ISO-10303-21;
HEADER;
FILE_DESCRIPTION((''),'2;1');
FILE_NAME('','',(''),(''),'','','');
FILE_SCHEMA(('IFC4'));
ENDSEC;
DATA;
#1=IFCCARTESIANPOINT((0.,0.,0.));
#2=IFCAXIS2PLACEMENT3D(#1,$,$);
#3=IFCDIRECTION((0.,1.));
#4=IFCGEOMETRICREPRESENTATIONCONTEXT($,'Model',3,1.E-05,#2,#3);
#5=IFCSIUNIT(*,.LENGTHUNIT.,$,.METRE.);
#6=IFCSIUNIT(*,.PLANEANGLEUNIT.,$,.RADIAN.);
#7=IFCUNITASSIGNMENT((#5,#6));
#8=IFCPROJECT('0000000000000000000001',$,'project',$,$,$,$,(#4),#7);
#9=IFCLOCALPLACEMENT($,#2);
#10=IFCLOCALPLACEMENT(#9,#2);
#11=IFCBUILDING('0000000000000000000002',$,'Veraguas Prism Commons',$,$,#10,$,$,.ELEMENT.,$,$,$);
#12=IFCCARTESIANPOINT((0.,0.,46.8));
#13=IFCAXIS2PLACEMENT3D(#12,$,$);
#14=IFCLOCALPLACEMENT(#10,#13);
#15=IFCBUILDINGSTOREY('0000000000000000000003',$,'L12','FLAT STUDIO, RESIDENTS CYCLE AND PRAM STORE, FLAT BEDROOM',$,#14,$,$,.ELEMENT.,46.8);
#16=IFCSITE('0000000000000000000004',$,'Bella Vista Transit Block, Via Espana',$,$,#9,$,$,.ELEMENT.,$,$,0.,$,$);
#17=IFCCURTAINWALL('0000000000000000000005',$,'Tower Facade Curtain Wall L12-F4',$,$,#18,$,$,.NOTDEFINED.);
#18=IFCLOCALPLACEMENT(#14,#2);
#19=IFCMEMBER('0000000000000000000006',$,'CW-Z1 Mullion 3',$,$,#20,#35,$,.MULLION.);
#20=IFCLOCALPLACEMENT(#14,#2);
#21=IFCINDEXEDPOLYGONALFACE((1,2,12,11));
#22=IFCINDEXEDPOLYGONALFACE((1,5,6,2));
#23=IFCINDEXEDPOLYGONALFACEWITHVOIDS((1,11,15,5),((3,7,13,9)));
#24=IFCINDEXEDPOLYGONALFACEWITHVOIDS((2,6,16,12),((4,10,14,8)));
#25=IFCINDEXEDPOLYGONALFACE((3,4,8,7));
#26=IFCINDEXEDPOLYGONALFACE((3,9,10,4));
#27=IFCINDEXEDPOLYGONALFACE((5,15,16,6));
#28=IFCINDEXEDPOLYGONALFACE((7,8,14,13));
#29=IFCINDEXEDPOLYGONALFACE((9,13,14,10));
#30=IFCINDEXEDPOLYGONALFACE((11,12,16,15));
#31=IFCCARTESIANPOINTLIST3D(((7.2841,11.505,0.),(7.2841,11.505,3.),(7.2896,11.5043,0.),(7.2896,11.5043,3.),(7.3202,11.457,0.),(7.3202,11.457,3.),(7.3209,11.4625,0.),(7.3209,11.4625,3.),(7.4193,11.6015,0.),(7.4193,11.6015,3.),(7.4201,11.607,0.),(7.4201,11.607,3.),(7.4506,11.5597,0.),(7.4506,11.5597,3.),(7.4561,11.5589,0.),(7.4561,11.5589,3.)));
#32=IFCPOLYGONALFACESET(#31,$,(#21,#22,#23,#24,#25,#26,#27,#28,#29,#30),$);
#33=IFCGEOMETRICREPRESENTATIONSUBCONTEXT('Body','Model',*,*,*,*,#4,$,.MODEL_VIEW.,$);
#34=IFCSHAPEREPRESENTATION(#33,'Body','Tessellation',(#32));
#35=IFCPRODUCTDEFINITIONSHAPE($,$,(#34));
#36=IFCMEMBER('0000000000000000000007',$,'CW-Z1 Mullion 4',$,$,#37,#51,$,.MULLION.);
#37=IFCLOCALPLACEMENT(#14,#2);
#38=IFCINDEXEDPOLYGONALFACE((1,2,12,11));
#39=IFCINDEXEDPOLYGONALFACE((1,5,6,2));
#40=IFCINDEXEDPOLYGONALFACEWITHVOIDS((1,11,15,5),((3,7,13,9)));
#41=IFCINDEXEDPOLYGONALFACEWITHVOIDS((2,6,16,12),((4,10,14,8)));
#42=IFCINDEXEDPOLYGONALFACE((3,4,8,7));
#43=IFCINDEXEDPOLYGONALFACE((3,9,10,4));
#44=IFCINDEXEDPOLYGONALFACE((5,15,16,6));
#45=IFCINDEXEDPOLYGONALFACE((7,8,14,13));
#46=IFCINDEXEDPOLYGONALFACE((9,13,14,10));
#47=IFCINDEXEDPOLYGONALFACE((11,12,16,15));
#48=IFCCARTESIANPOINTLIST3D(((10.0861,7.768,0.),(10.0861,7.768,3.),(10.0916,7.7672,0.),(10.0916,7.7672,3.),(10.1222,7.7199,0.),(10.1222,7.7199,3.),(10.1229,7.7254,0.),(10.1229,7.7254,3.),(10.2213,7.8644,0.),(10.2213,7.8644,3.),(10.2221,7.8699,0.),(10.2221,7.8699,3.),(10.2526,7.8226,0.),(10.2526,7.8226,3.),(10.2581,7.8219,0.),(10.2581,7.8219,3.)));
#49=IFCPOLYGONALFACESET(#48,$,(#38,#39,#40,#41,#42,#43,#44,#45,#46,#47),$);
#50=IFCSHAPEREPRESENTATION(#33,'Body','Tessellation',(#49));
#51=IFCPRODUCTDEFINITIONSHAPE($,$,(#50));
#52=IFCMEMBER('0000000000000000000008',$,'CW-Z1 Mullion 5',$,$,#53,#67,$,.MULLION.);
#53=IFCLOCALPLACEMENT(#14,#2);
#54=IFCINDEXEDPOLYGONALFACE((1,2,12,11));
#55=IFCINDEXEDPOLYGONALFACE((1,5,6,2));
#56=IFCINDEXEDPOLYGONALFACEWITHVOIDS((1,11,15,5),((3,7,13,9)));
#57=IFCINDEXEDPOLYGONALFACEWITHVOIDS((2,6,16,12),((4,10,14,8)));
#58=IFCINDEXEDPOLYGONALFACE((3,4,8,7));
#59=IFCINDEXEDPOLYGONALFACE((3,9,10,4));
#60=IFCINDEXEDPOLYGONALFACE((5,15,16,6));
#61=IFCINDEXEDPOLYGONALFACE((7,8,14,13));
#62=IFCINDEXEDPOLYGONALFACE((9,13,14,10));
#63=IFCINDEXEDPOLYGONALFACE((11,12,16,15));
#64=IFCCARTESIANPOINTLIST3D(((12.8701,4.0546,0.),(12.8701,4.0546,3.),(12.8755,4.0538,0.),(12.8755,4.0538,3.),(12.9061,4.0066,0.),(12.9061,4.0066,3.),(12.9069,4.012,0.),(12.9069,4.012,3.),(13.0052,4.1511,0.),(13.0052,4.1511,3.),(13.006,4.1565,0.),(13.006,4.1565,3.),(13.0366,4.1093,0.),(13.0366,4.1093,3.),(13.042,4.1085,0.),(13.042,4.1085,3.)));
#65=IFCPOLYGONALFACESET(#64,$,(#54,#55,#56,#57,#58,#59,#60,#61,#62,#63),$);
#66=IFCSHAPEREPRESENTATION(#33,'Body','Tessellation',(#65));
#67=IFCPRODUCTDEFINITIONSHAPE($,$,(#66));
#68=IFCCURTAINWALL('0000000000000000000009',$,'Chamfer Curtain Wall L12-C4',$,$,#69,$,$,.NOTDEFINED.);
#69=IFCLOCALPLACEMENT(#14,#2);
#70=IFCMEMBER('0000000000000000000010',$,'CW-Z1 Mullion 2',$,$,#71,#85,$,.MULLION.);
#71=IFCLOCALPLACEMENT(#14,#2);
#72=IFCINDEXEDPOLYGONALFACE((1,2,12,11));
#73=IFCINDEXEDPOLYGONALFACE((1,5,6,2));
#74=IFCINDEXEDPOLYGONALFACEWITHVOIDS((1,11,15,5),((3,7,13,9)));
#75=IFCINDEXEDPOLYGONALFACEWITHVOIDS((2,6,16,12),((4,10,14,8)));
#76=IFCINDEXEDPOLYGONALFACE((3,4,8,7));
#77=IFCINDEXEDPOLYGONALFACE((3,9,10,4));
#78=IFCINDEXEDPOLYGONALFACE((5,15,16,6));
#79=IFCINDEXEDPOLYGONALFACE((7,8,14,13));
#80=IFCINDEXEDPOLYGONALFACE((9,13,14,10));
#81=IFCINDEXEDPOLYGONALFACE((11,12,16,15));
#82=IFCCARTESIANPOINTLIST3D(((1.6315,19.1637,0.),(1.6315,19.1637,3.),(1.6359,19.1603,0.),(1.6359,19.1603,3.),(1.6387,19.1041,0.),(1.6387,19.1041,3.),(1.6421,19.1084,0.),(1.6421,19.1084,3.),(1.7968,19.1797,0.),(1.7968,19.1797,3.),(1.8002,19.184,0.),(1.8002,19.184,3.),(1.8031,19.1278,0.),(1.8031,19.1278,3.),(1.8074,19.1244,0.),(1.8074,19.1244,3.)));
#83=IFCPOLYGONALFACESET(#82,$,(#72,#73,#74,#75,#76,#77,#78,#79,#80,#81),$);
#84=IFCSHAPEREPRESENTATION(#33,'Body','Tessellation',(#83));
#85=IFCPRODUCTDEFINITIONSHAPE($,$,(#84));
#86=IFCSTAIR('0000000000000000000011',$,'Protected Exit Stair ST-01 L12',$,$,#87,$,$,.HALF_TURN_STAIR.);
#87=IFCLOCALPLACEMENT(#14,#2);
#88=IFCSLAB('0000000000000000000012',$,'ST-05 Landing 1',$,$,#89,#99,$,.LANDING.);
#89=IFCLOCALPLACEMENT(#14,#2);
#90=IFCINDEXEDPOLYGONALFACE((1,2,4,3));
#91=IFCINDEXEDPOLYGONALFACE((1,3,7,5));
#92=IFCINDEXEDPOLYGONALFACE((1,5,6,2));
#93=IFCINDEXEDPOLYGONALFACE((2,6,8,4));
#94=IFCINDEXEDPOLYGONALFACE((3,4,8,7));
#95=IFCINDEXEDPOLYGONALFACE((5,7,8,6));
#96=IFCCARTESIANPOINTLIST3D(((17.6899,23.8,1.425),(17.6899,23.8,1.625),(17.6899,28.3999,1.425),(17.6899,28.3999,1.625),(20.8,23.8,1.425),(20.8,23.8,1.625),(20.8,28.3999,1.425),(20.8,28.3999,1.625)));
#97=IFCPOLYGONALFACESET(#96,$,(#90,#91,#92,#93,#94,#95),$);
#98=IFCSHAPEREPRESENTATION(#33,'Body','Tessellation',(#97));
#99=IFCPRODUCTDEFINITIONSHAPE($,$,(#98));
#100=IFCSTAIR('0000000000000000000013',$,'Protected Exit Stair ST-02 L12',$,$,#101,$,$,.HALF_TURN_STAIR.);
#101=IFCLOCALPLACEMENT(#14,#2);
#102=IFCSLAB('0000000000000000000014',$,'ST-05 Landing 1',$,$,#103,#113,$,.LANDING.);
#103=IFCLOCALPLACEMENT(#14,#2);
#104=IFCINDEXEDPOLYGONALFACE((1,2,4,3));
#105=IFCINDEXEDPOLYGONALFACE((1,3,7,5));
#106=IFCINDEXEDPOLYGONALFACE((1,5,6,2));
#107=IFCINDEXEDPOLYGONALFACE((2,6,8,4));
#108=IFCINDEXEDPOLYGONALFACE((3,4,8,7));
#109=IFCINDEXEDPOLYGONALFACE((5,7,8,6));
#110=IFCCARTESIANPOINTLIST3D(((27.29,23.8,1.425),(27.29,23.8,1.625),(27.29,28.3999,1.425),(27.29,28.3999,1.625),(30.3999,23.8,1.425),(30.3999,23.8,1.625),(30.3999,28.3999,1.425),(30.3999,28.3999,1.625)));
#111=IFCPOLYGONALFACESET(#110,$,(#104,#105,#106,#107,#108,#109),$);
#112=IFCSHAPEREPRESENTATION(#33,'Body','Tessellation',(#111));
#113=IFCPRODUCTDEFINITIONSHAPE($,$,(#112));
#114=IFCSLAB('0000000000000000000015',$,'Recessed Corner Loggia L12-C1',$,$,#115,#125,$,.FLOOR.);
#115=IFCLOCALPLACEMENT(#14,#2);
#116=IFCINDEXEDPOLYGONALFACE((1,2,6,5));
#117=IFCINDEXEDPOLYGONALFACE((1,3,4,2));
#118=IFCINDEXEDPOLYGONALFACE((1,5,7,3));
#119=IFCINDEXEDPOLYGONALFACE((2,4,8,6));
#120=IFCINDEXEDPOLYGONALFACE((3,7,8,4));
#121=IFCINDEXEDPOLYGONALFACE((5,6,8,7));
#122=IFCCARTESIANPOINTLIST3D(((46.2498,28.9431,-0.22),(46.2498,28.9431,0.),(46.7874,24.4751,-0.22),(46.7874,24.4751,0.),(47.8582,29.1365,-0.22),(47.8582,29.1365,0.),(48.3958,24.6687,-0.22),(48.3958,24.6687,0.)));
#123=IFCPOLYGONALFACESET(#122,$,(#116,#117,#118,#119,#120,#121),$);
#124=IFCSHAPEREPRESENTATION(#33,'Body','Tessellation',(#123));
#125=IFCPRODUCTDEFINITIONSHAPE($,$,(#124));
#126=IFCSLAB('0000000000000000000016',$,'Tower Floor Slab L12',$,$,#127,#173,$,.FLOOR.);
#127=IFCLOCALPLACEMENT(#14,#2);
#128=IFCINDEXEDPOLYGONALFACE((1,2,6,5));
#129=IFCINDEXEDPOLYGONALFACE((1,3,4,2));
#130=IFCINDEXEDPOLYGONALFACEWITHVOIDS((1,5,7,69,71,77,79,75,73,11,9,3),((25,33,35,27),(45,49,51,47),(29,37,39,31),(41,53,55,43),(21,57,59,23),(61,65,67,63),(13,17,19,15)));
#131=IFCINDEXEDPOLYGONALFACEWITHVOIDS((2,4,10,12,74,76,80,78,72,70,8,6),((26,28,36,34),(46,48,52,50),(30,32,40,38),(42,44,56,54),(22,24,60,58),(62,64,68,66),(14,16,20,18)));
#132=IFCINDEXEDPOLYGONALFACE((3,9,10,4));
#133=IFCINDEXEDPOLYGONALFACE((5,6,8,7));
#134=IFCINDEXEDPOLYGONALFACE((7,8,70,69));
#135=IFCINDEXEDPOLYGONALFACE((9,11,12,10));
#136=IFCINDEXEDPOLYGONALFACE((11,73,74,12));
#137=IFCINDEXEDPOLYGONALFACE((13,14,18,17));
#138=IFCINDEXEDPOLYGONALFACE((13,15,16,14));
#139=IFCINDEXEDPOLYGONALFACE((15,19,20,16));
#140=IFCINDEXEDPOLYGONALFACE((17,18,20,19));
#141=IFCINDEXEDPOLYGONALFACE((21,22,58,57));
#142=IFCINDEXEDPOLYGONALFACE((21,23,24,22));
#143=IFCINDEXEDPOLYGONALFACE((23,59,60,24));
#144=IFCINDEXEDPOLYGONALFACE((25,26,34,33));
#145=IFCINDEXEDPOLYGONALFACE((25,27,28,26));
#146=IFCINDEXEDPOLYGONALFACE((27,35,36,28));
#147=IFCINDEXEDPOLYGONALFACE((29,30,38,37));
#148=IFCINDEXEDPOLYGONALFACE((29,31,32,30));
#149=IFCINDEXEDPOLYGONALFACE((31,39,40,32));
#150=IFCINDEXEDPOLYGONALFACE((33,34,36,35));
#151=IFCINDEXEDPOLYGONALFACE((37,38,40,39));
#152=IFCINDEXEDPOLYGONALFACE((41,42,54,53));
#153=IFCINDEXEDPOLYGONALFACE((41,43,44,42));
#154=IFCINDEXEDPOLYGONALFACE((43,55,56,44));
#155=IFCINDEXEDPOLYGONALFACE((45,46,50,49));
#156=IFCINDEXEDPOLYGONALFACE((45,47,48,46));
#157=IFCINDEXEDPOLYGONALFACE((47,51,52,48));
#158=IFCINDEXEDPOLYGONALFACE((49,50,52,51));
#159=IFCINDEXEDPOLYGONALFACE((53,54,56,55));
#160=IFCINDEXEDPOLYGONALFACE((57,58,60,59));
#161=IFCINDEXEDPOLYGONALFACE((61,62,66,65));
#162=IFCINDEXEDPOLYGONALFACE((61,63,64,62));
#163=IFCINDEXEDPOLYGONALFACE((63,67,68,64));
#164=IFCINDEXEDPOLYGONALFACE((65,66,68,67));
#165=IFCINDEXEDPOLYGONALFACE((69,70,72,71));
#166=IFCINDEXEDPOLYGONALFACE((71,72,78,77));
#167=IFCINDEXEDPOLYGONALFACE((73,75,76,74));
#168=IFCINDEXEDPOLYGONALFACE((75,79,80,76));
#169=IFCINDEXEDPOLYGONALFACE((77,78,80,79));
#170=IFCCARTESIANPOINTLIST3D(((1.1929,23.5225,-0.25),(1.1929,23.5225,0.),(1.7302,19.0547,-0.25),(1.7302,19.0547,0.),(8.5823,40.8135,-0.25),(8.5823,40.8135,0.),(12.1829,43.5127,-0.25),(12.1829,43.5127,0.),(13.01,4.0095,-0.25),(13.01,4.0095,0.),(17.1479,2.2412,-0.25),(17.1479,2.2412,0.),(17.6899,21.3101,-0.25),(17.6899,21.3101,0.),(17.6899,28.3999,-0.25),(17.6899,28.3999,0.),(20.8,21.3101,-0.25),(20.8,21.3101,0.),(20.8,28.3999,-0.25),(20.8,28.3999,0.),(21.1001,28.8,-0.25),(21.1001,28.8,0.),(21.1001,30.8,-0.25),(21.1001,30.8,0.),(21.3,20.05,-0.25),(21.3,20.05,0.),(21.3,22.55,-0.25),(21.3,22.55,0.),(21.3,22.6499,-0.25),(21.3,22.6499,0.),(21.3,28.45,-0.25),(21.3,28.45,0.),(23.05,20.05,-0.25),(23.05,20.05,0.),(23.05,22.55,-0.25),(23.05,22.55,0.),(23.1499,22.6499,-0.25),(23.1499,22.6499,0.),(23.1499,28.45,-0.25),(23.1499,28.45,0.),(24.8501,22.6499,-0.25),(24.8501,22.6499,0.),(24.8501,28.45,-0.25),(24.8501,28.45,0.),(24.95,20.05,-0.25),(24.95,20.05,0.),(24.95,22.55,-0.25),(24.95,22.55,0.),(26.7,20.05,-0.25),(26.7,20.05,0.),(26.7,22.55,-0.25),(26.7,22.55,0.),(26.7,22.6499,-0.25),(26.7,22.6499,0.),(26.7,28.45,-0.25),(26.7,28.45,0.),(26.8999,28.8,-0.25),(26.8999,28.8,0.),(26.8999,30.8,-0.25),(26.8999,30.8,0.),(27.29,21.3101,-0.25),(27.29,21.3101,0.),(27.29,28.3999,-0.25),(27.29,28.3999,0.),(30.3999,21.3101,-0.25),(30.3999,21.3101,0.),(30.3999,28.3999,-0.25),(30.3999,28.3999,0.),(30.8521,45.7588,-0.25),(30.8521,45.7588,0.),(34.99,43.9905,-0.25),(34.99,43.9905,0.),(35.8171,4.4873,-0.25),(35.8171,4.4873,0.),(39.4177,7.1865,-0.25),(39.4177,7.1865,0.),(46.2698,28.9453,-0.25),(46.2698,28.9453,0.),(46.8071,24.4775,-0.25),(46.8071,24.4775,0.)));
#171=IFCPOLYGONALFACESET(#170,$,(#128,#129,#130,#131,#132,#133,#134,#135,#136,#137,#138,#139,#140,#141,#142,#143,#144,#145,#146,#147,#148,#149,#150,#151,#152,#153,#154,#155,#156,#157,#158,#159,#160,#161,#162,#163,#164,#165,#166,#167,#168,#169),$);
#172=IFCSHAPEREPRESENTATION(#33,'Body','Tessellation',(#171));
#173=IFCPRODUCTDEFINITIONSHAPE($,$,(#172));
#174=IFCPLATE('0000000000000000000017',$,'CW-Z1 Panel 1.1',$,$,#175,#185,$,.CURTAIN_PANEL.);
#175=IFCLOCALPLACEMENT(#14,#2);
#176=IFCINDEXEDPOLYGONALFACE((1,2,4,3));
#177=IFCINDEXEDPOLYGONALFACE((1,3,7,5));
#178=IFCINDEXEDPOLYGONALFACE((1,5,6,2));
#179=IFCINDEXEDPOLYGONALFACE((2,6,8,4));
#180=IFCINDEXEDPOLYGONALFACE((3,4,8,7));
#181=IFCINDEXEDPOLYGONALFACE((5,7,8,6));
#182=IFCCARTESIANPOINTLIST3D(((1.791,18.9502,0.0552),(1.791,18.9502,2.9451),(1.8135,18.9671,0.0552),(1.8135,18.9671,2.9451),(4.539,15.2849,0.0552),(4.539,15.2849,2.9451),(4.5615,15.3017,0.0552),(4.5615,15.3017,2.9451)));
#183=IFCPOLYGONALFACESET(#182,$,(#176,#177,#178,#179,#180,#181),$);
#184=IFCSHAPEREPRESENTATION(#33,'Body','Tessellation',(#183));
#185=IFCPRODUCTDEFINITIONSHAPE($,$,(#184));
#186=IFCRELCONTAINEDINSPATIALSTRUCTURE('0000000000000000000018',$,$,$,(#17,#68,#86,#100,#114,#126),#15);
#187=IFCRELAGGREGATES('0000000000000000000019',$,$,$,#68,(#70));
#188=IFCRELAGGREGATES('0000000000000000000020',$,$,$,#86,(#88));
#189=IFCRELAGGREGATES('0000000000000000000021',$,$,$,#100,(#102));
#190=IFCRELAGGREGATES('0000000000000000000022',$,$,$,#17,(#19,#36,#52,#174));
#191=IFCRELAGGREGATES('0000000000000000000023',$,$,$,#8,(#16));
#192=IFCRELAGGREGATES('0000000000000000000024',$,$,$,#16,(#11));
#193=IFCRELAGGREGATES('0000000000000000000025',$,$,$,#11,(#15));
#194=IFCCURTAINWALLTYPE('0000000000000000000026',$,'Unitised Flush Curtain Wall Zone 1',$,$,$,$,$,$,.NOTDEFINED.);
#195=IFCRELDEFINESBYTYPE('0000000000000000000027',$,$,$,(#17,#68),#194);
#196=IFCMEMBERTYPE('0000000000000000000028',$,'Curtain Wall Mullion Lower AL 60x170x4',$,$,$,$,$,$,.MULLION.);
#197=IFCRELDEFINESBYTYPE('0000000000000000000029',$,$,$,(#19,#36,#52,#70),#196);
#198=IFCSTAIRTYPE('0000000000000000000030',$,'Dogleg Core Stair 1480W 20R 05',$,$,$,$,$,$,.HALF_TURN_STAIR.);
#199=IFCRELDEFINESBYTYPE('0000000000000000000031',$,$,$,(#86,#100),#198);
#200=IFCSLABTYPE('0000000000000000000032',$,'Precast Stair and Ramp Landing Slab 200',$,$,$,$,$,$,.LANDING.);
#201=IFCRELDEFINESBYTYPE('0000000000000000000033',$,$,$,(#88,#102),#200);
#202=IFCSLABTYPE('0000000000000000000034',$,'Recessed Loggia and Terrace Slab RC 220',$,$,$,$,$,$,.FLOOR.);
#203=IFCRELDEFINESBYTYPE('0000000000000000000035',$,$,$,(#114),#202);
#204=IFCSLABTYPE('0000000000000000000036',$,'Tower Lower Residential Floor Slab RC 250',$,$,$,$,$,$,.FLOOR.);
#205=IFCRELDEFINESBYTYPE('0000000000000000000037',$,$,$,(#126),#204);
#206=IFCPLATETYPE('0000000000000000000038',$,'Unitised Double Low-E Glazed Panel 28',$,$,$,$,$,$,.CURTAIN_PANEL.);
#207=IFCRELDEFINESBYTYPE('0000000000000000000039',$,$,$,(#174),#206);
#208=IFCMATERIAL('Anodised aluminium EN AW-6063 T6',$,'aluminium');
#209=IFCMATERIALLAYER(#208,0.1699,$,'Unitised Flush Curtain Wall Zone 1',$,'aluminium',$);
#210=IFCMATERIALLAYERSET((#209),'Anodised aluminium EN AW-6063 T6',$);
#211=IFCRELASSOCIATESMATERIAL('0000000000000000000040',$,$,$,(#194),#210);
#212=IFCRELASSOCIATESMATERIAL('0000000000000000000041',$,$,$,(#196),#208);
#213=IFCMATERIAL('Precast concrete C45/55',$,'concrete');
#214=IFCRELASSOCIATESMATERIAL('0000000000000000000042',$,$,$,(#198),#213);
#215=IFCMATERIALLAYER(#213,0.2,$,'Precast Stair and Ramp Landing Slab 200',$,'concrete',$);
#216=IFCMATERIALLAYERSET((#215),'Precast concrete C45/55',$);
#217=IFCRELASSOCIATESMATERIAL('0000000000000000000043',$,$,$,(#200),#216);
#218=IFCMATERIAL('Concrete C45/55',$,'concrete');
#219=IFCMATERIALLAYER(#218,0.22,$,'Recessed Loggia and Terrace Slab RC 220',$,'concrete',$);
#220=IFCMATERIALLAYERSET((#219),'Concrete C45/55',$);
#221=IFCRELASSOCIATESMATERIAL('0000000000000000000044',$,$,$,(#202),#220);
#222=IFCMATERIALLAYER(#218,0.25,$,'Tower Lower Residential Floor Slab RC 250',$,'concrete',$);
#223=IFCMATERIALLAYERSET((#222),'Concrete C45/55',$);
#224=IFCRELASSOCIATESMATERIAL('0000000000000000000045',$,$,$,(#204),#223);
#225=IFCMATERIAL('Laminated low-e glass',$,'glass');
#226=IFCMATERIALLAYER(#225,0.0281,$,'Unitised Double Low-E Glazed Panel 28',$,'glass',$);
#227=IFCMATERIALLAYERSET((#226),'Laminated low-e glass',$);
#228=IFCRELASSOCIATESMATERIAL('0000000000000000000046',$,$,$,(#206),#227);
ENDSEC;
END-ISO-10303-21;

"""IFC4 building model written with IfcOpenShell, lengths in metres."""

from ifc_helpers import new_model, si_unit, direction, frame, origin, origin_2d, place, context, subcontext, project, spatial, polyline, rectangle, hollow_rectangle, outline, extrude, source, transform, mapped, material, layer, layer_set, material_profile, profile_set, type_object, element, aggregate, save


model = new_model("IFC4")

# Units and contexts
model_context = context("Model", 3, precision=1e-05, world=origin(), true_north=direction((0.0, 1.0)))
body_context = subcontext(model_context, "Body", "Model", "MODEL_VIEW")
ifc_project = project(units=[si_unit("LENGTHUNIT", "METRE"), si_unit("PLANEANGLEUNIT", "RADIAN")], contexts=[model_context])

# Site, building, storey
site_placement = place(None, origin())
site = spatial("IfcSite", under=ifc_project, at=site_placement, Name="Bella Vista Transit Block, Via Espana", CompositionType="ELEMENT", RefElevation=0.0)
building_placement = place(site_placement, origin())
building = spatial("IfcBuilding", under=site, at=building_placement, Name="Veraguas Prism Commons", CompositionType="ELEMENT")
storey_placement = place(building_placement, frame((0.0, 0.0, 46.8)))
storey = spatial("IfcBuildingStorey", under=building, at=storey_placement, Name="L12", Description="FLAT STUDIO, RESIDENTS CYCLE AND PRAM STORE, FLAT BEDROOM", CompositionType="ELEMENT", Elevation=46.8)

# Curtain wall, members
ifc_material_1 = material(Name="Anodised aluminium EN AW-6063 T6", Category="aluminium")
ifc_layer_1 = layer(ifc_material_1, 0.1699, Name="Unitised Flush Curtain Wall Zone 1", Category="aluminium")
ifc_layer_set_1 = layer_set([ifc_layer_1], Name="Anodised aluminium EN AW-6063 T6")
curtain_wall_type = type_object("IfcCurtainWallType", Name="Unitised Flush Curtain Wall Zone 1", PredefinedType="NOTDEFINED", material=ifc_layer_set_1)
curtain_wall_1_placement = place(storey_placement, origin())
curtain_wall_1 = element("IfcCurtainWall", 1, at=curtain_wall_1_placement, inside=storey, type_object=curtain_wall_type, Name="Tower Facade Curtain Wall L12-F4", PredefinedType="NOTDEFINED")
ifc_material_profile_1 = material_profile(ifc_material_1, hollow_rectangle(XDim=0.0601, YDim=0.1699, WallThickness=0.0039, at=origin_2d()), Name="AL60X170X4")
ifc_profile_set_1 = profile_set([ifc_material_profile_1], Name="Anodised aluminium EN AW-6063 T6")
member_type_1 = type_object("IfcMemberType", Name="Curtain Wall Mullion Lower AL 60x170x4", PredefinedType="MULLION", material=ifc_profile_set_1)
shared_shape_1 = source(origin(), body_context, "Body", "SweptSolid", [
    extrude(hollow_rectangle(XDim=0.0601, YDim=0.1699, WallThickness=0.0039, at=origin_2d()), origin(), (0.0, 0.0, 1.0), 3.0),
])
member_1_placement = place(storey_placement, frame((7.3701, 11.532, 0.0), z_axis=(0.0, 0.0, 1.0), x_axis=(0.599862, -0.800104, 0.0)))
member_1 = element("IfcMember", 2, at=member_1_placement, type_object=member_type_1, Name="CW-Z1 Mullion 3", PredefinedType="MULLION", context=body_context, shape_type="MappedRepresentation", body=[
    mapped(shared_shape_1, transform((0.0, 0.0, 0.0), scale=1.0)),
])
member_2_placement = place(storey_placement, frame((10.1721, 7.7949, 0.0), z_axis=(0.0, 0.0, 1.0), x_axis=(0.599862, -0.800104, 0.0)))
member_2 = element("IfcMember", 3, at=member_2_placement, type_object=member_type_1, Name="CW-Z1 Mullion 4", PredefinedType="MULLION", context=body_context, shape_type="MappedRepresentation", body=[
    mapped(shared_shape_1, transform((0.0, 0.0, 0.0), scale=1.0)),
])
member_3_placement = place(storey_placement, frame((12.9561, 4.0815, 0.0), z_axis=(0.0, 0.0, 1.0), x_axis=(0.599862, -0.800104, 0.0)))
member_3 = element("IfcMember", 4, at=member_3_placement, type_object=member_type_1, Name="CW-Z1 Mullion 5", PredefinedType="MULLION", context=body_context, shape_type="MappedRepresentation", body=[
    mapped(shared_shape_1, transform((0.0, 0.0, 0.0), scale=1.0)),
])

# Curtain wall, member
curtain_wall_2_placement = place(storey_placement, origin())
curtain_wall_2 = element("IfcCurtainWall", 5, at=curtain_wall_2_placement, inside=storey, type_object=curtain_wall_type, Name="Chamfer Curtain Wall L12-C4", PredefinedType="NOTDEFINED")
member_4_placement = place(storey_placement, frame((1.7195, 19.144, 0.0), z_axis=(0.0, 0.0, 1.0), x_axis=(0.11943, -0.992843, 0.0)))
member_4 = element("IfcMember", 6, at=member_4_placement, type_object=member_type_1, Name="CW-Z1 Mullion 2", PredefinedType="MULLION", context=body_context, shape_type="MappedRepresentation", body=[
    mapped(shared_shape_1, transform((0.0, 0.0, 0.0), scale=1.0)),
])
aggregate(curtain_wall_2, [member_4])

# Stairs, slabs
ifc_material_2 = material(Name="Precast concrete C45/55", Category="concrete")
stair_type = type_object("IfcStairType", Name="Dogleg Core Stair 1480W 20R 05", PredefinedType="HALF_TURN_STAIR", material=ifc_material_2)
stair_1_placement = place(storey_placement, origin())
stair_1 = element("IfcStair", 7, at=stair_1_placement, inside=storey, type_object=stair_type, Name="Protected Exit Stair ST-01 L12", PredefinedType="HALF_TURN_STAIR")
ifc_layer_2 = layer(ifc_material_2, 0.2, Name="Precast Stair and Ramp Landing Slab 200", Category="concrete")
ifc_layer_set_2 = layer_set([ifc_layer_2], Name="Precast concrete C45/55")
slab_type_1 = type_object("IfcSlabType", Name="Precast Stair and Ramp Landing Slab 200", PredefinedType="LANDING", material=ifc_layer_set_2)
slab_1_placement = place(storey_placement, frame((0.0, 0.0, 1.425)))
slab_1 = element("IfcSlab", 8, at=slab_1_placement, type_object=slab_type_1, Name="ST-05 Landing 1", PredefinedType="LANDING", context=body_context, shape_type="SweptSolid", body=[
    extrude(outline(polyline([(20.8, 23.8), (20.8, 28.3999), (17.6899, 28.3999), (17.6899, 23.8), (20.8, 23.8)])), origin(), (0.0, 0.0, 1.0), 0.2),
])
aggregate(stair_1, [slab_1])
stair_2_placement = place(storey_placement, origin())
stair_2 = element("IfcStair", 9, at=stair_2_placement, inside=storey, type_object=stair_type, Name="Protected Exit Stair ST-02 L12", PredefinedType="HALF_TURN_STAIR")
slab_2_placement = place(storey_placement, frame((0.0, 0.0, 1.425)))
slab_2 = element("IfcSlab", 10, at=slab_2_placement, type_object=slab_type_1, Name="ST-05 Landing 1", PredefinedType="LANDING", context=body_context, shape_type="SweptSolid", body=[
    extrude(outline(polyline([(30.3999, 23.8), (30.3999, 28.3999), (27.29, 28.3999), (27.29, 23.8), (30.3999, 23.8)])), origin(), (0.0, 0.0, 1.0), 0.2),
])
aggregate(stair_2, [slab_2])

# Slabs
ifc_material_3 = material(Name="Concrete C45/55", Category="concrete")
ifc_layer_3 = layer(ifc_material_3, 0.22, Name="Recessed Loggia and Terrace Slab RC 220", Category="concrete")
ifc_layer_set_3 = layer_set([ifc_layer_3], Name="Concrete C45/55")
slab_type_2 = type_object("IfcSlabType", Name="Recessed Loggia and Terrace Slab RC 220", PredefinedType="FLOOR", material=ifc_layer_set_3)
slab_3_placement = place(storey_placement, frame((0.0, 0.0, -0.22)))
element("IfcSlab", 11, at=slab_3_placement, inside=storey, type_object=slab_type_2, Name="Recessed Corner Loggia L12-C1", PredefinedType="FLOOR", context=body_context, shape_type="SweptSolid", body=[
    extrude(outline(polyline([(46.7874, 24.4751), (48.3958, 24.6687), (47.8582, 29.1365), (46.2498, 28.9431), (46.7874, 24.4751)])), origin(), (0.0, 0.0, 1.0), 0.22),
])
ifc_layer_4 = layer(ifc_material_3, 0.25, Name="Tower Lower Residential Floor Slab RC 250", Category="concrete")
ifc_layer_set_4 = layer_set([ifc_layer_4], Name="Concrete C45/55")
slab_type_3 = type_object("IfcSlabType", Name="Tower Lower Residential Floor Slab RC 250", PredefinedType="FLOOR", material=ifc_layer_set_4)
slab_4_placement = place(storey_placement, frame((0.0, 0.0, -0.25)))
element("IfcSlab", 12, at=slab_4_placement, inside=storey, type_object=slab_type_3, Name="Tower Floor Slab L12", PredefinedType="FLOOR", context=body_context, shape_type="SweptSolid", body=[
    extrude(outline(polyline([(46.8071, 24.4775), (46.2698, 28.9453), (34.99, 43.9905), (30.8521, 45.7588), (12.1829, 43.5127), (8.5823, 40.8135), (1.1929, 23.5225), (1.7302, 19.0547), (13.01, 4.0095), (17.1479, 2.2412), (35.8171, 4.4873), (39.4177, 7.1865), (46.8071, 24.4775)]), holes=[polyline([(20.8, 21.3101), (20.8, 28.3999), (17.6899, 28.3999), (17.6899, 21.3101), (20.8, 21.3101)]), polyline([(30.3999, 21.3101), (30.3999, 28.3999), (27.29, 28.3999), (27.29, 21.3101), (30.3999, 21.3101)]), polyline([(21.3, 22.6499), (23.1499, 22.6499), (23.1499, 28.45), (21.3, 28.45), (21.3, 22.6499)]), polyline([(24.8501, 22.6499), (26.7, 22.6499), (26.7, 28.45), (24.8501, 28.45), (24.8501, 22.6499)]), polyline([(21.1001, 28.8), (26.8999, 28.8), (26.8999, 30.8), (21.1001, 30.8), (21.1001, 28.8)]), polyline([(21.3, 20.05), (23.05, 20.05), (23.05, 22.55), (21.3, 22.55), (21.3, 20.05)]), polyline([(24.95, 20.05), (26.7, 20.05), (26.7, 22.55), (24.95, 22.55), (24.95, 20.05)])]), origin(), (0.0, 0.0, 1.0), 0.25),
])

# Plate
ifc_material_4 = material(Name="Laminated low-e glass", Category="glass")
ifc_layer_5 = layer(ifc_material_4, 0.0281, Name="Unitised Double Low-E Glazed Panel 28", Category="glass")
ifc_layer_set_5 = layer_set([ifc_layer_5], Name="Laminated low-e glass")
plate_type = type_object("IfcPlateType", Name="Unitised Double Low-E Glazed Panel 28", PredefinedType="CURTAIN_PANEL", material=ifc_layer_set_5)
shared_shape_2 = source(origin(), body_context, "Body", "SweptSolid", [
    extrude(rectangle(XDim=4.5811, YDim=0.0281, at=origin_2d()), origin(), (0.0, 0.0, 1.0), 2.8899),
])
plate_1_placement = place(storey_placement, frame((3.1763, 17.126, 0.0552), z_axis=(0.0, 0.0, 1.0), x_axis=(0.599862, -0.800104, 0.0)))
plate_1 = element("IfcPlate", 13, at=plate_1_placement, type_object=plate_type, Name="CW-Z1 Panel 1.1", PredefinedType="CURTAIN_PANEL", context=body_context, shape_type="MappedRepresentation", body=[
    mapped(shared_shape_2, transform((0.0, 0.0, 0.0), scale=1.0)),
])
aggregate(curtain_wall_1, [member_1, member_2, member_3, plate_1])

save(model, "model.ifc")
